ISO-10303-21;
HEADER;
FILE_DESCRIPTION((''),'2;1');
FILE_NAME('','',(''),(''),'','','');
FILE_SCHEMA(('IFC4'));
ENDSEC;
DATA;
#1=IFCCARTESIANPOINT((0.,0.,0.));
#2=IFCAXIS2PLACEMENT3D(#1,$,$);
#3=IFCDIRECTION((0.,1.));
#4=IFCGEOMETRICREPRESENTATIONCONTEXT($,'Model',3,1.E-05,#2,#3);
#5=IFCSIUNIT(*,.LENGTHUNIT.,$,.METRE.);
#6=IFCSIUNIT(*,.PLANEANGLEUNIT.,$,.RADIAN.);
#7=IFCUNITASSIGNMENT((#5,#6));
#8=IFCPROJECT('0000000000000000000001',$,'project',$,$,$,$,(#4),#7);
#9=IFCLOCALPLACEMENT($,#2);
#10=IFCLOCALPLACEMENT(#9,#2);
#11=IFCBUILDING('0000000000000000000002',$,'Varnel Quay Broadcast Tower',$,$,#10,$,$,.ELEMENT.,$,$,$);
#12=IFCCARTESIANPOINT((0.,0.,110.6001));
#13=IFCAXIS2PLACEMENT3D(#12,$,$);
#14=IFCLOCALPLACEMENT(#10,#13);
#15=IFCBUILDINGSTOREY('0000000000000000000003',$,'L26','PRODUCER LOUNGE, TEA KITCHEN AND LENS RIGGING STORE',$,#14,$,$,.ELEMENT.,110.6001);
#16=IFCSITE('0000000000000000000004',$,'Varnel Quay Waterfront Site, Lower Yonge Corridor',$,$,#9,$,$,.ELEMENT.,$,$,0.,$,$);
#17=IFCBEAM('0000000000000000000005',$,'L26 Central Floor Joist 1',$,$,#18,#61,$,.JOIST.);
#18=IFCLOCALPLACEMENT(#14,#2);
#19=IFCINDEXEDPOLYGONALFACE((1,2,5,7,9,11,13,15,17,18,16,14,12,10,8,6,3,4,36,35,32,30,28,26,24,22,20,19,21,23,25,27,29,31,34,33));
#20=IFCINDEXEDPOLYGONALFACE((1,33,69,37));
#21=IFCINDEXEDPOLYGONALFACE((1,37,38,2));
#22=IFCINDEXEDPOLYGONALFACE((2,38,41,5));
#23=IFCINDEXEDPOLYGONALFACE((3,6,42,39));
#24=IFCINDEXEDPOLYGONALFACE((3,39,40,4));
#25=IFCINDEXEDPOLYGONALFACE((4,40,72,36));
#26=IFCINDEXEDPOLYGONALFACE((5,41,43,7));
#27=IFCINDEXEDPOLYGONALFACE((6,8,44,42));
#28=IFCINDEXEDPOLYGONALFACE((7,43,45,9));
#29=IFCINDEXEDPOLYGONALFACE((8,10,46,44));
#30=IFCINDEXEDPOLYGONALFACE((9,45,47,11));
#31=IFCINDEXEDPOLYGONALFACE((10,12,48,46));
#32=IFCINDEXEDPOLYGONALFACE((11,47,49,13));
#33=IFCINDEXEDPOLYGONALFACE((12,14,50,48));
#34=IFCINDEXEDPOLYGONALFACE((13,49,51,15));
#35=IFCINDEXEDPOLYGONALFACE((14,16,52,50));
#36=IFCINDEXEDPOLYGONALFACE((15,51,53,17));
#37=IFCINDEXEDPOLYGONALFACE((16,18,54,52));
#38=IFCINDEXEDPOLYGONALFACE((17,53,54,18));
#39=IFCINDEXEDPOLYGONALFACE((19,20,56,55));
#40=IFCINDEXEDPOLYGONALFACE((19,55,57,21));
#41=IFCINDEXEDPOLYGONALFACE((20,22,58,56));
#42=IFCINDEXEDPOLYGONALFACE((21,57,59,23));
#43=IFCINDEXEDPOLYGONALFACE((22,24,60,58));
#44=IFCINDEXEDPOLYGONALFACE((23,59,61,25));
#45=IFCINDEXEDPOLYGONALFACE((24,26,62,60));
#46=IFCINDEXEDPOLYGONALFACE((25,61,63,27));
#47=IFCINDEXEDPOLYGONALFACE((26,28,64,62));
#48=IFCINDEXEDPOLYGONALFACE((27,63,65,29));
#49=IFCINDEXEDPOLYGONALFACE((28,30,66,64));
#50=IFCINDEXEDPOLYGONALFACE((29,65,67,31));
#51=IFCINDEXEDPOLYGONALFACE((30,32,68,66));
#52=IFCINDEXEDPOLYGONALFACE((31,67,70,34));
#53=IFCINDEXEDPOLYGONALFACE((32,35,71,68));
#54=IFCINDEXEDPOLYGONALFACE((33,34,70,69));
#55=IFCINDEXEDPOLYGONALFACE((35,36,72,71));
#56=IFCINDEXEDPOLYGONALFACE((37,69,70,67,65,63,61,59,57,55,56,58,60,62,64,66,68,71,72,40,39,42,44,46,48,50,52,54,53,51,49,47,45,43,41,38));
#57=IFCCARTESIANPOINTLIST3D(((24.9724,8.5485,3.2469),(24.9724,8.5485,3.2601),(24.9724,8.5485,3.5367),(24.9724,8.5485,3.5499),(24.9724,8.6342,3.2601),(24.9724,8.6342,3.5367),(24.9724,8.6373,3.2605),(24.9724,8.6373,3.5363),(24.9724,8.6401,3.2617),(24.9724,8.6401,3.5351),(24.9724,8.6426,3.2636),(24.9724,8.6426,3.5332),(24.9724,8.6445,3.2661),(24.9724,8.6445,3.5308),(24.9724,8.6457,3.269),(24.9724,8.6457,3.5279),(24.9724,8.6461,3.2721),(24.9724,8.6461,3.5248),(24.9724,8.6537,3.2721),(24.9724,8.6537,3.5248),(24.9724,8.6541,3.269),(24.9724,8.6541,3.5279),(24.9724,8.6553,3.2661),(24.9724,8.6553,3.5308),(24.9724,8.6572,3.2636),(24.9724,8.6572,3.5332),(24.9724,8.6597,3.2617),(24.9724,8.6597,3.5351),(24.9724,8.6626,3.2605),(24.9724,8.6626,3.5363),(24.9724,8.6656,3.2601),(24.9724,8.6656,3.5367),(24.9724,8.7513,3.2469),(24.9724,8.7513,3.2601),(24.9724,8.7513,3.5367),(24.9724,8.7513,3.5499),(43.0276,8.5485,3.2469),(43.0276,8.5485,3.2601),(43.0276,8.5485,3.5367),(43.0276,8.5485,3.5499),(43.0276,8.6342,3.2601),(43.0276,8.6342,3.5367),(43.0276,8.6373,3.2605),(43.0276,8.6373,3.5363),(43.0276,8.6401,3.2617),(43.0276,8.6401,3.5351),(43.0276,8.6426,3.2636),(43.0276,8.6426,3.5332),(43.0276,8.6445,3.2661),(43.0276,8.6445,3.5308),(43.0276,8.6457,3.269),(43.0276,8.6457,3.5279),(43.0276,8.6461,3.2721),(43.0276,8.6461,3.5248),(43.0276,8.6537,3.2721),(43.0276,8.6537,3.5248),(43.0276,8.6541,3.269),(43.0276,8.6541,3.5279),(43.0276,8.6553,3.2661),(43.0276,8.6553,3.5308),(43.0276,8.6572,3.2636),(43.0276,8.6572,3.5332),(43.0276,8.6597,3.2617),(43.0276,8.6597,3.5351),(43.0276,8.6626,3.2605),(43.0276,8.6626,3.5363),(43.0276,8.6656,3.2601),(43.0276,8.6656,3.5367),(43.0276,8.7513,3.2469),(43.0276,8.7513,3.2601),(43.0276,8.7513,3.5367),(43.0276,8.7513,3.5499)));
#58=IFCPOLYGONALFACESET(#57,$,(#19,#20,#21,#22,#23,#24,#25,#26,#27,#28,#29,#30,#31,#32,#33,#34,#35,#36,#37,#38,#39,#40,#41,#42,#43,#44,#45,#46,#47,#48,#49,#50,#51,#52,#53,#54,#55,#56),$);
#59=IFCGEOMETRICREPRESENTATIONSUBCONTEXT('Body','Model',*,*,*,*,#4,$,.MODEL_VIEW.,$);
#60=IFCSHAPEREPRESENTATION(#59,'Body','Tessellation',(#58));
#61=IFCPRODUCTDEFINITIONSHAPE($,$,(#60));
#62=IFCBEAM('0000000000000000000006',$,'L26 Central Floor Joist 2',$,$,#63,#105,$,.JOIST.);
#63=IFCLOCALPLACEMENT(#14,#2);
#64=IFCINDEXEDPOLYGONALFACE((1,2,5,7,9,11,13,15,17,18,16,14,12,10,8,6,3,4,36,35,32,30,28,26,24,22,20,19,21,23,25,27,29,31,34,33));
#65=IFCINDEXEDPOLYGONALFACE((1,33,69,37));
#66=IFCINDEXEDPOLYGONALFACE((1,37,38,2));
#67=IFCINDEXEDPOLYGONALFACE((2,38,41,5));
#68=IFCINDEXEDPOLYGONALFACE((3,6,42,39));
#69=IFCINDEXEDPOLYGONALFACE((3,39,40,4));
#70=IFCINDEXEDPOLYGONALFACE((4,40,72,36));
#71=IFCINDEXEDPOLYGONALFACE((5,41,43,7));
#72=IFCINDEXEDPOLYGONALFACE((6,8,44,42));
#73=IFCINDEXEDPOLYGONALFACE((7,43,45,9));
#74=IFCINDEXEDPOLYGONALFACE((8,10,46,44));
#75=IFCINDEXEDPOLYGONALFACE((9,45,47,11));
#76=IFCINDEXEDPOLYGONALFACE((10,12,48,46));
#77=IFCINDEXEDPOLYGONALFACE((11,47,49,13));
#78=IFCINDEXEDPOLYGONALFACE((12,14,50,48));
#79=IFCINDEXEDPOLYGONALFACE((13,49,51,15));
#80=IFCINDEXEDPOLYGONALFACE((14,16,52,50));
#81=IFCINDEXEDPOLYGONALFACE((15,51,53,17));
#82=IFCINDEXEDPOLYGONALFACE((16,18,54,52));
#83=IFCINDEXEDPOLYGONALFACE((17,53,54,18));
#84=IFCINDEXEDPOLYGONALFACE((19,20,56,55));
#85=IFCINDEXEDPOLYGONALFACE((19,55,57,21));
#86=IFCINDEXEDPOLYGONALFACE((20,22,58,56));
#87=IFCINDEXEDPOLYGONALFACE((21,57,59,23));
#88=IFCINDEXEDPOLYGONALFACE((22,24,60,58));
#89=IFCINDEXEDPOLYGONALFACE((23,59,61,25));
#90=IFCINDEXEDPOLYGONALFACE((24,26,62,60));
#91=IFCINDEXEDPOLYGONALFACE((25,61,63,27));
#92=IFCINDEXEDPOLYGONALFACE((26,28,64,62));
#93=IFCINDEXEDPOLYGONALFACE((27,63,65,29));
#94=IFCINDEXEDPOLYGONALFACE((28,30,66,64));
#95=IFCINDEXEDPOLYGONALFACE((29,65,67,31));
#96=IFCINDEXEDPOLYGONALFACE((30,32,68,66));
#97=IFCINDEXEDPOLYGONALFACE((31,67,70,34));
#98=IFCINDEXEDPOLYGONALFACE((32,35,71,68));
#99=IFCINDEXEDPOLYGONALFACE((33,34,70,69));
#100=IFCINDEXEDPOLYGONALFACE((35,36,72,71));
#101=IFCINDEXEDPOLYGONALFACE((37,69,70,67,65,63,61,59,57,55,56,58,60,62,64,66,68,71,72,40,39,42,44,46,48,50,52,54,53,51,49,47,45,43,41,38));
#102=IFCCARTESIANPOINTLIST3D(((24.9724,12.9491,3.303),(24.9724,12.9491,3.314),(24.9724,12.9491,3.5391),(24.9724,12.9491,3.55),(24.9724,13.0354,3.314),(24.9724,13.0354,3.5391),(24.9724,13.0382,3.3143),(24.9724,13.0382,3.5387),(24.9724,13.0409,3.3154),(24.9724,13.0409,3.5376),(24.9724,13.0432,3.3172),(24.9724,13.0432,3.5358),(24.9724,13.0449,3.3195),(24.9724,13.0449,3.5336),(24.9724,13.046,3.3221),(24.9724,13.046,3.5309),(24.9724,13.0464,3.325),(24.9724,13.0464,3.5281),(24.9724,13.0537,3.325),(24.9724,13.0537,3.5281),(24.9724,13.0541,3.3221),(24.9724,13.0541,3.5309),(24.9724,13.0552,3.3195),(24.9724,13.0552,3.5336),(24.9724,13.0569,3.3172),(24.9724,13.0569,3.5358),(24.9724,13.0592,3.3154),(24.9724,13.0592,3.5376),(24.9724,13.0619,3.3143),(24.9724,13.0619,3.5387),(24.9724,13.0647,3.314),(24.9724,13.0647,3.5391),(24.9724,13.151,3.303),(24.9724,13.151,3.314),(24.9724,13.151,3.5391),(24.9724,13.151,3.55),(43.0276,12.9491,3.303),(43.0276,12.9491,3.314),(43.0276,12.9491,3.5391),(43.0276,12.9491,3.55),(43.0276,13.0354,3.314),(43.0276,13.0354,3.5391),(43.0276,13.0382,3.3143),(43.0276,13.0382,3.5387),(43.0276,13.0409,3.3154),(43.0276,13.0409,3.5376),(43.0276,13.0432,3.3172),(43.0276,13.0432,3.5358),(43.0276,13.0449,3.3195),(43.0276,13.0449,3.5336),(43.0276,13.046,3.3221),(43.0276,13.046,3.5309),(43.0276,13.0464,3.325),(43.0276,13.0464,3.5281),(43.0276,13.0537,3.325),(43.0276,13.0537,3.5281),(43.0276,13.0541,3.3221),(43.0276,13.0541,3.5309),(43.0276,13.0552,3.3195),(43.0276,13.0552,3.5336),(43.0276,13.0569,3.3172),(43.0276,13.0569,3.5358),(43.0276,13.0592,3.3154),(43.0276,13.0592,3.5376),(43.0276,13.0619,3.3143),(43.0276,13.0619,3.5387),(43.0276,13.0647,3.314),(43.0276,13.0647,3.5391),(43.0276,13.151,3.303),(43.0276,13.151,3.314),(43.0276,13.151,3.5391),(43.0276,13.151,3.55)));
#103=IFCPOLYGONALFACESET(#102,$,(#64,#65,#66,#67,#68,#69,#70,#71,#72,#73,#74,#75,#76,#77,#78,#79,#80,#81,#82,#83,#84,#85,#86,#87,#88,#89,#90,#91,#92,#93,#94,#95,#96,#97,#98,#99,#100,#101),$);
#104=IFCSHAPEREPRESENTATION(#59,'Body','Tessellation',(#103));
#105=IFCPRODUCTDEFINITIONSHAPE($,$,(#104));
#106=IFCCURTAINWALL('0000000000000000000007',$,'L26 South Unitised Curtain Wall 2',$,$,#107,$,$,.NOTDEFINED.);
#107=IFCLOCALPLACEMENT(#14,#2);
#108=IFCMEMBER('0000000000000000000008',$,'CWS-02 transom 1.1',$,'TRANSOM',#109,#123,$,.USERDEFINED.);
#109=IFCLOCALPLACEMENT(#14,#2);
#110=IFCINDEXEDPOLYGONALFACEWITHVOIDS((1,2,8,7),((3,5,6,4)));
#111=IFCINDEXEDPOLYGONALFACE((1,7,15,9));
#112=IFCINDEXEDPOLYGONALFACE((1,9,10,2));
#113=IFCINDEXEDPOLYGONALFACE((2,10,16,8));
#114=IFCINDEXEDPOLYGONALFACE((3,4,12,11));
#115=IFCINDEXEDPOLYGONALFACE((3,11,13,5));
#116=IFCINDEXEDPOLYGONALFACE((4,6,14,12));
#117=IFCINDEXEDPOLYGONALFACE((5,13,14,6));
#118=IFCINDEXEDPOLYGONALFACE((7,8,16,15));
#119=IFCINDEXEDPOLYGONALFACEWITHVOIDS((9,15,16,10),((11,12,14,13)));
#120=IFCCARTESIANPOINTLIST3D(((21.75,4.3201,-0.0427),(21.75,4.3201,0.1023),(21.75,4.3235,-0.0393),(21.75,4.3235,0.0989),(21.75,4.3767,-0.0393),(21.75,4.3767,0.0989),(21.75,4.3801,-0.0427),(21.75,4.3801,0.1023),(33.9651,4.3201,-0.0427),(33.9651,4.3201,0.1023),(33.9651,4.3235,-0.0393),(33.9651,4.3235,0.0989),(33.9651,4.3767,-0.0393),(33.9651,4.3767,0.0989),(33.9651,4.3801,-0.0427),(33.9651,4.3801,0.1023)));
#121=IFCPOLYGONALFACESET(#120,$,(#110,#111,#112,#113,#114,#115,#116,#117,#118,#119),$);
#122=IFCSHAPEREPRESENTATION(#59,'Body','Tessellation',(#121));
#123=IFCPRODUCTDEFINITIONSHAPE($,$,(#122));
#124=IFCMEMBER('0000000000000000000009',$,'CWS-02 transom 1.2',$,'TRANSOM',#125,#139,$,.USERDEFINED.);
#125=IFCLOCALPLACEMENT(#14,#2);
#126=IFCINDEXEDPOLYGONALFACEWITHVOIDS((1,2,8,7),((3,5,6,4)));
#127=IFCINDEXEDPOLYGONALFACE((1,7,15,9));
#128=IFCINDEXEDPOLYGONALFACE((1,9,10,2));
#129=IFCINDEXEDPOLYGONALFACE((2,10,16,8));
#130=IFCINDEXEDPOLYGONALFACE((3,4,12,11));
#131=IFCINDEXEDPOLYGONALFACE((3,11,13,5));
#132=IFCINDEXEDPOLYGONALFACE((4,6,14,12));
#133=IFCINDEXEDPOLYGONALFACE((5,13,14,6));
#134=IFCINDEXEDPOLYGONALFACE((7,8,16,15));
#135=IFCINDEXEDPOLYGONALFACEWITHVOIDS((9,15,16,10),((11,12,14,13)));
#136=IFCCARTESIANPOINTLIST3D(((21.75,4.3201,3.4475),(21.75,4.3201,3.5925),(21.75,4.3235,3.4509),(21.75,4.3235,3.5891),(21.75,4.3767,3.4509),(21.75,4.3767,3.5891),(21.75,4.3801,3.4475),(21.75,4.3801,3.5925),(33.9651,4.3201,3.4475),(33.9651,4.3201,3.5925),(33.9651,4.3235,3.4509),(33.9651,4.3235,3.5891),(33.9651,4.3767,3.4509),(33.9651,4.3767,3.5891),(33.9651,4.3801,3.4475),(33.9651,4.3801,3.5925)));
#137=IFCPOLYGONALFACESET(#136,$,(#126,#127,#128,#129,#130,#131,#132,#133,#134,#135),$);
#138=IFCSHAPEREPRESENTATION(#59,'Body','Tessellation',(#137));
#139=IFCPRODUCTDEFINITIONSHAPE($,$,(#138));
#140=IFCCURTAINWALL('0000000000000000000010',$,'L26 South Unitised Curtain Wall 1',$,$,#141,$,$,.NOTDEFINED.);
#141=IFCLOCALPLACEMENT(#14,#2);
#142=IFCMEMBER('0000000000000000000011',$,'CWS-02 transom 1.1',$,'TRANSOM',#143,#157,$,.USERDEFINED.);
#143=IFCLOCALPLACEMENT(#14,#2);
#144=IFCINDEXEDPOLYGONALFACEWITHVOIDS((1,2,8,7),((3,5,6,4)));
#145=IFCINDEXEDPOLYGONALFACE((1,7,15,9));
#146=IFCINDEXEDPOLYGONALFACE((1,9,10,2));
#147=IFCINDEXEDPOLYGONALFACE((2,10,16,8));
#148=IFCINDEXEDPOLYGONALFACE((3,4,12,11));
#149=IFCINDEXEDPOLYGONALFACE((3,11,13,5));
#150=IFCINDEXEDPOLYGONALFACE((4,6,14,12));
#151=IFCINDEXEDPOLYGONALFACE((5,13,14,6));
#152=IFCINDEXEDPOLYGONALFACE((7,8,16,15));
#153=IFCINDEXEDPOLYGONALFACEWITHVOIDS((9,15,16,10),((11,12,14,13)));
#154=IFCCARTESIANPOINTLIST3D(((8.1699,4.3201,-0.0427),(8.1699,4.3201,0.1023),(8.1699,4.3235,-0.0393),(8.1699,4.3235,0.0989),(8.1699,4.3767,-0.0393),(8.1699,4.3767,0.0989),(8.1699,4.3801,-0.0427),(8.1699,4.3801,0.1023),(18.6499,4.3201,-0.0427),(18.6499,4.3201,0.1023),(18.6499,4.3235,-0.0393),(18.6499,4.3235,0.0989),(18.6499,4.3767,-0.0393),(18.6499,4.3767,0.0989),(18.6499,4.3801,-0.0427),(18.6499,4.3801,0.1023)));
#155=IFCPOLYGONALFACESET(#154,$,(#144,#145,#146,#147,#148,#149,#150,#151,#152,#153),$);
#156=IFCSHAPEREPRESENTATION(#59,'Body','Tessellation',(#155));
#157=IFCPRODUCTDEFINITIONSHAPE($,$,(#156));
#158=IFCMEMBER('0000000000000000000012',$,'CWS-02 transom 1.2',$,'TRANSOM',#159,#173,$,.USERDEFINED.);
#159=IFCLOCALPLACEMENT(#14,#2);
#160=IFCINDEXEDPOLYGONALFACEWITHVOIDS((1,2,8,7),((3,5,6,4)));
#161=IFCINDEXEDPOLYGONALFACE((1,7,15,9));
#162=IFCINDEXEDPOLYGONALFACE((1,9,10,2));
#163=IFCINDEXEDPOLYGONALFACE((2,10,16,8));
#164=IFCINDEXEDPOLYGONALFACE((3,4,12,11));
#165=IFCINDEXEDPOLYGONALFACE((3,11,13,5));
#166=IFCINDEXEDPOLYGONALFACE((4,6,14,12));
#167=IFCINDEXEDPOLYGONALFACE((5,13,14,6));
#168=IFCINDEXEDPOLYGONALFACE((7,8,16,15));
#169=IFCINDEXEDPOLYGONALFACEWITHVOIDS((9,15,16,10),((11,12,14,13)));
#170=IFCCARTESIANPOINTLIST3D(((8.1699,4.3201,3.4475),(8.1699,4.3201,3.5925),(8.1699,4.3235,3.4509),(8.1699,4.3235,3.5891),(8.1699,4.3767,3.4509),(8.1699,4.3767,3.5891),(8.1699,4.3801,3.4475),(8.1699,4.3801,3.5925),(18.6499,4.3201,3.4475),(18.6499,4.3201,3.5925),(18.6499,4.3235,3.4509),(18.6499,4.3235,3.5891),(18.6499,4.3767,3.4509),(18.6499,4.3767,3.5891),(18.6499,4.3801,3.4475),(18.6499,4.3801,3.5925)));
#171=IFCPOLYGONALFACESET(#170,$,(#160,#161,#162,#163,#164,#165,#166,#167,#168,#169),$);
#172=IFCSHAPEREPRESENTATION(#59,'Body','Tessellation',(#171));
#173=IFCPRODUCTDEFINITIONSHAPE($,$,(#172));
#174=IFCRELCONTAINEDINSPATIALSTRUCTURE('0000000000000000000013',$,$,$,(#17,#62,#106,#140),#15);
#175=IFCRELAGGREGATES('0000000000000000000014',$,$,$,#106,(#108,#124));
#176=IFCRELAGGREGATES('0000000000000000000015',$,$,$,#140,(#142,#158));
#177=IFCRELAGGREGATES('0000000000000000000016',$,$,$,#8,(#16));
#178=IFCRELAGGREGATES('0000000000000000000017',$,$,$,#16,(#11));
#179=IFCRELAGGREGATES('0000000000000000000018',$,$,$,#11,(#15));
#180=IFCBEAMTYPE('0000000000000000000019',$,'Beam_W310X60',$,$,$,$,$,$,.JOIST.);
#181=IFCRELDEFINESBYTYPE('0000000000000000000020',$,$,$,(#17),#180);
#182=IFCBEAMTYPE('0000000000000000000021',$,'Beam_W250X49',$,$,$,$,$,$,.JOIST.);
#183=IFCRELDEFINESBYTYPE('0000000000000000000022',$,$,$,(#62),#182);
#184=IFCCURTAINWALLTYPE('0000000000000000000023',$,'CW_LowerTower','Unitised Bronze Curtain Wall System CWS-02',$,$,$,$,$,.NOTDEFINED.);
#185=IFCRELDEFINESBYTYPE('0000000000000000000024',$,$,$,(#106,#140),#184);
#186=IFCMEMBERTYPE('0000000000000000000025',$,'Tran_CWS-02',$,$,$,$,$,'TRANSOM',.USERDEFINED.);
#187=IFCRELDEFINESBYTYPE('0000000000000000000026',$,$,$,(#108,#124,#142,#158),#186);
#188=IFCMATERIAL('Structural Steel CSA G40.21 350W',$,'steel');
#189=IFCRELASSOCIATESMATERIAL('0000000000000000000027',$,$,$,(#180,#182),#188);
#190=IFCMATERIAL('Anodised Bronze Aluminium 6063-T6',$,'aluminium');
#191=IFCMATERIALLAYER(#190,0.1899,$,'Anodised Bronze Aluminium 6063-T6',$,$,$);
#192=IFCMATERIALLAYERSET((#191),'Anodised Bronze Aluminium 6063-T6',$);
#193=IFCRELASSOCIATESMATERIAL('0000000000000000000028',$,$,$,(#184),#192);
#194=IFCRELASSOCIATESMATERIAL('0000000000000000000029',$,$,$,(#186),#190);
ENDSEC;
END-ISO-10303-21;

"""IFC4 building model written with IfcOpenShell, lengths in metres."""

from ifc_helpers import new_model, si_unit, direction, frame, origin, origin_2d, place, context, subcontext, project, spatial, hollow_rectangle, i_section, extrude, source, transform, mapped, material, layer, layer_set, material_profile, profile_set, type_object, type_shapes, element, aggregate, save


model = new_model("IFC4")

# Units and contexts
model_context = context("Model", 3, precision=1e-05, world=origin(), true_north=direction((0.0, 1.0)))
body_context = subcontext(model_context, "Body", "Model", "MODEL_VIEW")
ifc_project = project(units=[si_unit("LENGTHUNIT", "METRE"), si_unit("PLANEANGLEUNIT", "RADIAN")], contexts=[model_context])

# Site, building, storey
site_placement = place(None, origin())
site = spatial("IfcSite", under=ifc_project, at=site_placement, Name="Varnel Quay Waterfront Site, Lower Yonge Corridor", CompositionType="ELEMENT", RefElevation=0.0)
building_placement = place(site_placement, origin())
building = spatial("IfcBuilding", under=site, at=building_placement, Name="Varnel Quay Broadcast Tower", CompositionType="ELEMENT")
storey_placement = place(building_placement, frame((0.0, 0.0, 110.6001)))
storey = spatial("IfcBuildingStorey", under=building, at=storey_placement, Name="L26", Description="PRODUCER LOUNGE, TEA KITCHEN AND LENS RIGGING STORE", CompositionType="ELEMENT", Elevation=110.6001)

# Shared definitions
ifc_material_1 = material(Name="Structural Steel CSA G40.21 350W", Category="steel")

# Beams
ifc_material_profile_1 = material_profile(ifc_material_1, i_section(OverallWidth=0.2029, OverallDepth=0.303, WebThickness=0.0076, FlangeThickness=0.0132, FilletRadius=0.012, at=origin_2d()), Name="W310X60")
ifc_profile_set_1 = profile_set([ifc_material_profile_1], Name="Structural Steel CSA G40.21 350W")
beam_type_1 = type_object("IfcBeamType", Name="Beam_W310X60", PredefinedType="JOIST", material=ifc_profile_set_1)
shared_shape_1 = source(origin(), body_context, "Body", "SweptSolid", [
    extrude(i_section(OverallWidth=0.2029, OverallDepth=0.303, WebThickness=0.0076, FlangeThickness=0.0132, FilletRadius=0.012, at=origin_2d()), origin(), (0.0, 0.0, 1.0), 18.0552),
])
type_shapes(beam_type_1, [shared_shape_1])
beam_1_placement = place(storey_placement, frame((24.9724, 8.6499, 3.3984), z_axis=(1.0, 0.0, 0.0), x_axis=(0.0, 1.0, 0.0)))
element("IfcBeam", 1, at=beam_1_placement, inside=storey, type_object=beam_type_1, Name="L26 Central Floor Joist 1", PredefinedType="JOIST", context=body_context, shape_type="MappedRepresentation", body=[
    mapped(shared_shape_1, transform((0.0, 0.0, 0.0), x_axis=(1.0, 0.0, 0.0), y_axis=(0.0, 1.0, 0.0), z_axis=(0.0, 0.0, 1.0), scale=1.0)),
])
ifc_material_profile_2 = material_profile(ifc_material_1, i_section(OverallWidth=0.2019, OverallDepth=0.2471, WebThickness=0.0073, FlangeThickness=0.011, FilletRadius=0.011, at=origin_2d()), Name="W250X49")
ifc_profile_set_2 = profile_set([ifc_material_profile_2], Name="Structural Steel CSA G40.21 350W")
beam_type_2 = type_object("IfcBeamType", Name="Beam_W250X49", PredefinedType="JOIST", material=ifc_profile_set_2)
shared_shape_2 = source(origin(), body_context, "Body", "SweptSolid", [
    extrude(i_section(OverallWidth=0.2019, OverallDepth=0.2471, WebThickness=0.0073, FlangeThickness=0.011, FilletRadius=0.011, at=origin_2d()), origin(), (0.0, 0.0, 1.0), 18.0552),
])
type_shapes(beam_type_2, [shared_shape_2])
beam_2_placement = place(storey_placement, frame((24.9724, 13.05, 3.4265), z_axis=(1.0, 0.0, 0.0), x_axis=(0.0, 1.0, 0.0)))
element("IfcBeam", 2, at=beam_2_placement, inside=storey, type_object=beam_type_2, Name="L26 Central Floor Joist 2", PredefinedType="JOIST", context=body_context, shape_type="MappedRepresentation", body=[
    mapped(shared_shape_2, transform((0.0, 0.0, 0.0), x_axis=(1.0, 0.0, 0.0), y_axis=(0.0, 1.0, 0.0), z_axis=(0.0, 0.0, 1.0), scale=1.0)),
])

# Curtain walls, members
ifc_material_2 = material(Name="Anodised Bronze Aluminium 6063-T6", Category="aluminium")
ifc_layer_1 = layer(ifc_material_2, 0.1899, Name="Anodised Bronze Aluminium 6063-T6")
ifc_layer_set_1 = layer_set([ifc_layer_1], Name="Anodised Bronze Aluminium 6063-T6")
curtain_wall_type_1 = type_object("IfcCurtainWallType", Name="CW_LowerTower", Description="Unitised Bronze Curtain Wall System CWS-02", PredefinedType="NOTDEFINED", material=ifc_layer_set_1)
curtain_wall_1_placement = place(storey_placement, origin())
curtain_wall_1 = element("IfcCurtainWall", 3, at=curtain_wall_1_placement, inside=storey, type_object=curtain_wall_type_1, Name="L26 South Unitised Curtain Wall 2", PredefinedType="NOTDEFINED")
ifc_material_profile_3 = material_profile(ifc_material_2, hollow_rectangle(XDim=0.0601, YDim=0.145, WallThickness=0.0034, at=origin_2d()), Name="ALU60X145X3.5")
ifc_profile_set_3 = profile_set([ifc_material_profile_3], Name="Anodised Bronze Aluminium 6063-T6")
member_type_1 = type_object("IfcMemberType", Name="Tran_CWS-02", ElementType="TRANSOM", PredefinedType="USERDEFINED", material=ifc_profile_set_3)
shared_shape_3 = source(origin(), body_context, "Body", "SweptSolid", [
    extrude(hollow_rectangle(XDim=0.0601, YDim=0.145, WallThickness=0.0034, at=origin_2d()), origin(), (0.0, 0.0, 1.0), 12.2151),
])
member_1_placement = place(storey_placement, frame((21.75, 4.3501, 0.0298), z_axis=(1.0, 0.0, 0.0), x_axis=(0.0, 1.0, 0.0)))
member_1 = element("IfcMember", 4, at=member_1_placement, type_object=member_type_1, Name="CWS-02 transom 1.1", ObjectType="TRANSOM", PredefinedType="USERDEFINED", context=body_context, shape_type="MappedRepresentation", body=[
    mapped(shared_shape_3, transform((0.0, 0.0, 0.0), x_axis=(1.0, 0.0, 0.0), y_axis=(0.0, 1.0, 0.0), z_axis=(0.0, 0.0, 1.0), scale=1.0)),
])
member_2_placement = place(storey_placement, frame((21.75, 4.3501, 3.52), z_axis=(1.0, 0.0, 0.0), x_axis=(0.0, 1.0, 0.0)))
member_2 = element("IfcMember", 5, at=member_2_placement, type_object=member_type_1, Name="CWS-02 transom 1.2", ObjectType="TRANSOM", PredefinedType="USERDEFINED", context=body_context, shape_type="MappedRepresentation", body=[
    mapped(shared_shape_3, transform((0.0, 0.0, 0.0), x_axis=(1.0, 0.0, 0.0), y_axis=(0.0, 1.0, 0.0), z_axis=(0.0, 0.0, 1.0), scale=1.0)),
])
curtain_wall_2_placement = place(storey_placement, origin())
curtain_wall_2 = element("IfcCurtainWall", 6, at=curtain_wall_2_placement, inside=storey, type_object=curtain_wall_type_1, Name="L26 South Unitised Curtain Wall 1", PredefinedType="NOTDEFINED")
shared_shape_4 = source(origin(), body_context, "Body", "SweptSolid", [
    extrude(hollow_rectangle(XDim=0.0601, YDim=0.145, WallThickness=0.0034, at=origin_2d()), origin(), (0.0, 0.0, 1.0), 10.48),
])
type_shapes(member_type_1, [shared_shape_3, shared_shape_4])
member_3_placement = place(storey_placement, frame((8.1699, 4.3501, 0.0298), z_axis=(1.0, 0.0, 0.0), x_axis=(0.0, 1.0, 0.0)))
member_3 = element("IfcMember", 7, at=member_3_placement, type_object=member_type_1, Name="CWS-02 transom 1.1", ObjectType="TRANSOM", PredefinedType="USERDEFINED", context=body_context, shape_type="MappedRepresentation", body=[
    mapped(shared_shape_4, transform((0.0, 0.0, 0.0), x_axis=(1.0, 0.0, 0.0), y_axis=(0.0, 1.0, 0.0), z_axis=(0.0, 0.0, 1.0), scale=1.0)),
])
member_4_placement = place(storey_placement, frame((8.1699, 4.3501, 3.52), z_axis=(1.0, 0.0, 0.0), x_axis=(0.0, 1.0, 0.0)))
member_4 = element("IfcMember", 8, at=member_4_placement, type_object=member_type_1, Name="CWS-02 transom 1.2", ObjectType="TRANSOM", PredefinedType="USERDEFINED", context=body_context, shape_type="MappedRepresentation", body=[
    mapped(shared_shape_4, transform((0.0, 0.0, 0.0), x_axis=(1.0, 0.0, 0.0), y_axis=(0.0, 1.0, 0.0), z_axis=(0.0, 0.0, 1.0), scale=1.0)),
])

aggregate(curtain_wall_1, [member_1, member_2])

aggregate(curtain_wall_2, [member_3, member_4])

save(model, "model.ifc")
